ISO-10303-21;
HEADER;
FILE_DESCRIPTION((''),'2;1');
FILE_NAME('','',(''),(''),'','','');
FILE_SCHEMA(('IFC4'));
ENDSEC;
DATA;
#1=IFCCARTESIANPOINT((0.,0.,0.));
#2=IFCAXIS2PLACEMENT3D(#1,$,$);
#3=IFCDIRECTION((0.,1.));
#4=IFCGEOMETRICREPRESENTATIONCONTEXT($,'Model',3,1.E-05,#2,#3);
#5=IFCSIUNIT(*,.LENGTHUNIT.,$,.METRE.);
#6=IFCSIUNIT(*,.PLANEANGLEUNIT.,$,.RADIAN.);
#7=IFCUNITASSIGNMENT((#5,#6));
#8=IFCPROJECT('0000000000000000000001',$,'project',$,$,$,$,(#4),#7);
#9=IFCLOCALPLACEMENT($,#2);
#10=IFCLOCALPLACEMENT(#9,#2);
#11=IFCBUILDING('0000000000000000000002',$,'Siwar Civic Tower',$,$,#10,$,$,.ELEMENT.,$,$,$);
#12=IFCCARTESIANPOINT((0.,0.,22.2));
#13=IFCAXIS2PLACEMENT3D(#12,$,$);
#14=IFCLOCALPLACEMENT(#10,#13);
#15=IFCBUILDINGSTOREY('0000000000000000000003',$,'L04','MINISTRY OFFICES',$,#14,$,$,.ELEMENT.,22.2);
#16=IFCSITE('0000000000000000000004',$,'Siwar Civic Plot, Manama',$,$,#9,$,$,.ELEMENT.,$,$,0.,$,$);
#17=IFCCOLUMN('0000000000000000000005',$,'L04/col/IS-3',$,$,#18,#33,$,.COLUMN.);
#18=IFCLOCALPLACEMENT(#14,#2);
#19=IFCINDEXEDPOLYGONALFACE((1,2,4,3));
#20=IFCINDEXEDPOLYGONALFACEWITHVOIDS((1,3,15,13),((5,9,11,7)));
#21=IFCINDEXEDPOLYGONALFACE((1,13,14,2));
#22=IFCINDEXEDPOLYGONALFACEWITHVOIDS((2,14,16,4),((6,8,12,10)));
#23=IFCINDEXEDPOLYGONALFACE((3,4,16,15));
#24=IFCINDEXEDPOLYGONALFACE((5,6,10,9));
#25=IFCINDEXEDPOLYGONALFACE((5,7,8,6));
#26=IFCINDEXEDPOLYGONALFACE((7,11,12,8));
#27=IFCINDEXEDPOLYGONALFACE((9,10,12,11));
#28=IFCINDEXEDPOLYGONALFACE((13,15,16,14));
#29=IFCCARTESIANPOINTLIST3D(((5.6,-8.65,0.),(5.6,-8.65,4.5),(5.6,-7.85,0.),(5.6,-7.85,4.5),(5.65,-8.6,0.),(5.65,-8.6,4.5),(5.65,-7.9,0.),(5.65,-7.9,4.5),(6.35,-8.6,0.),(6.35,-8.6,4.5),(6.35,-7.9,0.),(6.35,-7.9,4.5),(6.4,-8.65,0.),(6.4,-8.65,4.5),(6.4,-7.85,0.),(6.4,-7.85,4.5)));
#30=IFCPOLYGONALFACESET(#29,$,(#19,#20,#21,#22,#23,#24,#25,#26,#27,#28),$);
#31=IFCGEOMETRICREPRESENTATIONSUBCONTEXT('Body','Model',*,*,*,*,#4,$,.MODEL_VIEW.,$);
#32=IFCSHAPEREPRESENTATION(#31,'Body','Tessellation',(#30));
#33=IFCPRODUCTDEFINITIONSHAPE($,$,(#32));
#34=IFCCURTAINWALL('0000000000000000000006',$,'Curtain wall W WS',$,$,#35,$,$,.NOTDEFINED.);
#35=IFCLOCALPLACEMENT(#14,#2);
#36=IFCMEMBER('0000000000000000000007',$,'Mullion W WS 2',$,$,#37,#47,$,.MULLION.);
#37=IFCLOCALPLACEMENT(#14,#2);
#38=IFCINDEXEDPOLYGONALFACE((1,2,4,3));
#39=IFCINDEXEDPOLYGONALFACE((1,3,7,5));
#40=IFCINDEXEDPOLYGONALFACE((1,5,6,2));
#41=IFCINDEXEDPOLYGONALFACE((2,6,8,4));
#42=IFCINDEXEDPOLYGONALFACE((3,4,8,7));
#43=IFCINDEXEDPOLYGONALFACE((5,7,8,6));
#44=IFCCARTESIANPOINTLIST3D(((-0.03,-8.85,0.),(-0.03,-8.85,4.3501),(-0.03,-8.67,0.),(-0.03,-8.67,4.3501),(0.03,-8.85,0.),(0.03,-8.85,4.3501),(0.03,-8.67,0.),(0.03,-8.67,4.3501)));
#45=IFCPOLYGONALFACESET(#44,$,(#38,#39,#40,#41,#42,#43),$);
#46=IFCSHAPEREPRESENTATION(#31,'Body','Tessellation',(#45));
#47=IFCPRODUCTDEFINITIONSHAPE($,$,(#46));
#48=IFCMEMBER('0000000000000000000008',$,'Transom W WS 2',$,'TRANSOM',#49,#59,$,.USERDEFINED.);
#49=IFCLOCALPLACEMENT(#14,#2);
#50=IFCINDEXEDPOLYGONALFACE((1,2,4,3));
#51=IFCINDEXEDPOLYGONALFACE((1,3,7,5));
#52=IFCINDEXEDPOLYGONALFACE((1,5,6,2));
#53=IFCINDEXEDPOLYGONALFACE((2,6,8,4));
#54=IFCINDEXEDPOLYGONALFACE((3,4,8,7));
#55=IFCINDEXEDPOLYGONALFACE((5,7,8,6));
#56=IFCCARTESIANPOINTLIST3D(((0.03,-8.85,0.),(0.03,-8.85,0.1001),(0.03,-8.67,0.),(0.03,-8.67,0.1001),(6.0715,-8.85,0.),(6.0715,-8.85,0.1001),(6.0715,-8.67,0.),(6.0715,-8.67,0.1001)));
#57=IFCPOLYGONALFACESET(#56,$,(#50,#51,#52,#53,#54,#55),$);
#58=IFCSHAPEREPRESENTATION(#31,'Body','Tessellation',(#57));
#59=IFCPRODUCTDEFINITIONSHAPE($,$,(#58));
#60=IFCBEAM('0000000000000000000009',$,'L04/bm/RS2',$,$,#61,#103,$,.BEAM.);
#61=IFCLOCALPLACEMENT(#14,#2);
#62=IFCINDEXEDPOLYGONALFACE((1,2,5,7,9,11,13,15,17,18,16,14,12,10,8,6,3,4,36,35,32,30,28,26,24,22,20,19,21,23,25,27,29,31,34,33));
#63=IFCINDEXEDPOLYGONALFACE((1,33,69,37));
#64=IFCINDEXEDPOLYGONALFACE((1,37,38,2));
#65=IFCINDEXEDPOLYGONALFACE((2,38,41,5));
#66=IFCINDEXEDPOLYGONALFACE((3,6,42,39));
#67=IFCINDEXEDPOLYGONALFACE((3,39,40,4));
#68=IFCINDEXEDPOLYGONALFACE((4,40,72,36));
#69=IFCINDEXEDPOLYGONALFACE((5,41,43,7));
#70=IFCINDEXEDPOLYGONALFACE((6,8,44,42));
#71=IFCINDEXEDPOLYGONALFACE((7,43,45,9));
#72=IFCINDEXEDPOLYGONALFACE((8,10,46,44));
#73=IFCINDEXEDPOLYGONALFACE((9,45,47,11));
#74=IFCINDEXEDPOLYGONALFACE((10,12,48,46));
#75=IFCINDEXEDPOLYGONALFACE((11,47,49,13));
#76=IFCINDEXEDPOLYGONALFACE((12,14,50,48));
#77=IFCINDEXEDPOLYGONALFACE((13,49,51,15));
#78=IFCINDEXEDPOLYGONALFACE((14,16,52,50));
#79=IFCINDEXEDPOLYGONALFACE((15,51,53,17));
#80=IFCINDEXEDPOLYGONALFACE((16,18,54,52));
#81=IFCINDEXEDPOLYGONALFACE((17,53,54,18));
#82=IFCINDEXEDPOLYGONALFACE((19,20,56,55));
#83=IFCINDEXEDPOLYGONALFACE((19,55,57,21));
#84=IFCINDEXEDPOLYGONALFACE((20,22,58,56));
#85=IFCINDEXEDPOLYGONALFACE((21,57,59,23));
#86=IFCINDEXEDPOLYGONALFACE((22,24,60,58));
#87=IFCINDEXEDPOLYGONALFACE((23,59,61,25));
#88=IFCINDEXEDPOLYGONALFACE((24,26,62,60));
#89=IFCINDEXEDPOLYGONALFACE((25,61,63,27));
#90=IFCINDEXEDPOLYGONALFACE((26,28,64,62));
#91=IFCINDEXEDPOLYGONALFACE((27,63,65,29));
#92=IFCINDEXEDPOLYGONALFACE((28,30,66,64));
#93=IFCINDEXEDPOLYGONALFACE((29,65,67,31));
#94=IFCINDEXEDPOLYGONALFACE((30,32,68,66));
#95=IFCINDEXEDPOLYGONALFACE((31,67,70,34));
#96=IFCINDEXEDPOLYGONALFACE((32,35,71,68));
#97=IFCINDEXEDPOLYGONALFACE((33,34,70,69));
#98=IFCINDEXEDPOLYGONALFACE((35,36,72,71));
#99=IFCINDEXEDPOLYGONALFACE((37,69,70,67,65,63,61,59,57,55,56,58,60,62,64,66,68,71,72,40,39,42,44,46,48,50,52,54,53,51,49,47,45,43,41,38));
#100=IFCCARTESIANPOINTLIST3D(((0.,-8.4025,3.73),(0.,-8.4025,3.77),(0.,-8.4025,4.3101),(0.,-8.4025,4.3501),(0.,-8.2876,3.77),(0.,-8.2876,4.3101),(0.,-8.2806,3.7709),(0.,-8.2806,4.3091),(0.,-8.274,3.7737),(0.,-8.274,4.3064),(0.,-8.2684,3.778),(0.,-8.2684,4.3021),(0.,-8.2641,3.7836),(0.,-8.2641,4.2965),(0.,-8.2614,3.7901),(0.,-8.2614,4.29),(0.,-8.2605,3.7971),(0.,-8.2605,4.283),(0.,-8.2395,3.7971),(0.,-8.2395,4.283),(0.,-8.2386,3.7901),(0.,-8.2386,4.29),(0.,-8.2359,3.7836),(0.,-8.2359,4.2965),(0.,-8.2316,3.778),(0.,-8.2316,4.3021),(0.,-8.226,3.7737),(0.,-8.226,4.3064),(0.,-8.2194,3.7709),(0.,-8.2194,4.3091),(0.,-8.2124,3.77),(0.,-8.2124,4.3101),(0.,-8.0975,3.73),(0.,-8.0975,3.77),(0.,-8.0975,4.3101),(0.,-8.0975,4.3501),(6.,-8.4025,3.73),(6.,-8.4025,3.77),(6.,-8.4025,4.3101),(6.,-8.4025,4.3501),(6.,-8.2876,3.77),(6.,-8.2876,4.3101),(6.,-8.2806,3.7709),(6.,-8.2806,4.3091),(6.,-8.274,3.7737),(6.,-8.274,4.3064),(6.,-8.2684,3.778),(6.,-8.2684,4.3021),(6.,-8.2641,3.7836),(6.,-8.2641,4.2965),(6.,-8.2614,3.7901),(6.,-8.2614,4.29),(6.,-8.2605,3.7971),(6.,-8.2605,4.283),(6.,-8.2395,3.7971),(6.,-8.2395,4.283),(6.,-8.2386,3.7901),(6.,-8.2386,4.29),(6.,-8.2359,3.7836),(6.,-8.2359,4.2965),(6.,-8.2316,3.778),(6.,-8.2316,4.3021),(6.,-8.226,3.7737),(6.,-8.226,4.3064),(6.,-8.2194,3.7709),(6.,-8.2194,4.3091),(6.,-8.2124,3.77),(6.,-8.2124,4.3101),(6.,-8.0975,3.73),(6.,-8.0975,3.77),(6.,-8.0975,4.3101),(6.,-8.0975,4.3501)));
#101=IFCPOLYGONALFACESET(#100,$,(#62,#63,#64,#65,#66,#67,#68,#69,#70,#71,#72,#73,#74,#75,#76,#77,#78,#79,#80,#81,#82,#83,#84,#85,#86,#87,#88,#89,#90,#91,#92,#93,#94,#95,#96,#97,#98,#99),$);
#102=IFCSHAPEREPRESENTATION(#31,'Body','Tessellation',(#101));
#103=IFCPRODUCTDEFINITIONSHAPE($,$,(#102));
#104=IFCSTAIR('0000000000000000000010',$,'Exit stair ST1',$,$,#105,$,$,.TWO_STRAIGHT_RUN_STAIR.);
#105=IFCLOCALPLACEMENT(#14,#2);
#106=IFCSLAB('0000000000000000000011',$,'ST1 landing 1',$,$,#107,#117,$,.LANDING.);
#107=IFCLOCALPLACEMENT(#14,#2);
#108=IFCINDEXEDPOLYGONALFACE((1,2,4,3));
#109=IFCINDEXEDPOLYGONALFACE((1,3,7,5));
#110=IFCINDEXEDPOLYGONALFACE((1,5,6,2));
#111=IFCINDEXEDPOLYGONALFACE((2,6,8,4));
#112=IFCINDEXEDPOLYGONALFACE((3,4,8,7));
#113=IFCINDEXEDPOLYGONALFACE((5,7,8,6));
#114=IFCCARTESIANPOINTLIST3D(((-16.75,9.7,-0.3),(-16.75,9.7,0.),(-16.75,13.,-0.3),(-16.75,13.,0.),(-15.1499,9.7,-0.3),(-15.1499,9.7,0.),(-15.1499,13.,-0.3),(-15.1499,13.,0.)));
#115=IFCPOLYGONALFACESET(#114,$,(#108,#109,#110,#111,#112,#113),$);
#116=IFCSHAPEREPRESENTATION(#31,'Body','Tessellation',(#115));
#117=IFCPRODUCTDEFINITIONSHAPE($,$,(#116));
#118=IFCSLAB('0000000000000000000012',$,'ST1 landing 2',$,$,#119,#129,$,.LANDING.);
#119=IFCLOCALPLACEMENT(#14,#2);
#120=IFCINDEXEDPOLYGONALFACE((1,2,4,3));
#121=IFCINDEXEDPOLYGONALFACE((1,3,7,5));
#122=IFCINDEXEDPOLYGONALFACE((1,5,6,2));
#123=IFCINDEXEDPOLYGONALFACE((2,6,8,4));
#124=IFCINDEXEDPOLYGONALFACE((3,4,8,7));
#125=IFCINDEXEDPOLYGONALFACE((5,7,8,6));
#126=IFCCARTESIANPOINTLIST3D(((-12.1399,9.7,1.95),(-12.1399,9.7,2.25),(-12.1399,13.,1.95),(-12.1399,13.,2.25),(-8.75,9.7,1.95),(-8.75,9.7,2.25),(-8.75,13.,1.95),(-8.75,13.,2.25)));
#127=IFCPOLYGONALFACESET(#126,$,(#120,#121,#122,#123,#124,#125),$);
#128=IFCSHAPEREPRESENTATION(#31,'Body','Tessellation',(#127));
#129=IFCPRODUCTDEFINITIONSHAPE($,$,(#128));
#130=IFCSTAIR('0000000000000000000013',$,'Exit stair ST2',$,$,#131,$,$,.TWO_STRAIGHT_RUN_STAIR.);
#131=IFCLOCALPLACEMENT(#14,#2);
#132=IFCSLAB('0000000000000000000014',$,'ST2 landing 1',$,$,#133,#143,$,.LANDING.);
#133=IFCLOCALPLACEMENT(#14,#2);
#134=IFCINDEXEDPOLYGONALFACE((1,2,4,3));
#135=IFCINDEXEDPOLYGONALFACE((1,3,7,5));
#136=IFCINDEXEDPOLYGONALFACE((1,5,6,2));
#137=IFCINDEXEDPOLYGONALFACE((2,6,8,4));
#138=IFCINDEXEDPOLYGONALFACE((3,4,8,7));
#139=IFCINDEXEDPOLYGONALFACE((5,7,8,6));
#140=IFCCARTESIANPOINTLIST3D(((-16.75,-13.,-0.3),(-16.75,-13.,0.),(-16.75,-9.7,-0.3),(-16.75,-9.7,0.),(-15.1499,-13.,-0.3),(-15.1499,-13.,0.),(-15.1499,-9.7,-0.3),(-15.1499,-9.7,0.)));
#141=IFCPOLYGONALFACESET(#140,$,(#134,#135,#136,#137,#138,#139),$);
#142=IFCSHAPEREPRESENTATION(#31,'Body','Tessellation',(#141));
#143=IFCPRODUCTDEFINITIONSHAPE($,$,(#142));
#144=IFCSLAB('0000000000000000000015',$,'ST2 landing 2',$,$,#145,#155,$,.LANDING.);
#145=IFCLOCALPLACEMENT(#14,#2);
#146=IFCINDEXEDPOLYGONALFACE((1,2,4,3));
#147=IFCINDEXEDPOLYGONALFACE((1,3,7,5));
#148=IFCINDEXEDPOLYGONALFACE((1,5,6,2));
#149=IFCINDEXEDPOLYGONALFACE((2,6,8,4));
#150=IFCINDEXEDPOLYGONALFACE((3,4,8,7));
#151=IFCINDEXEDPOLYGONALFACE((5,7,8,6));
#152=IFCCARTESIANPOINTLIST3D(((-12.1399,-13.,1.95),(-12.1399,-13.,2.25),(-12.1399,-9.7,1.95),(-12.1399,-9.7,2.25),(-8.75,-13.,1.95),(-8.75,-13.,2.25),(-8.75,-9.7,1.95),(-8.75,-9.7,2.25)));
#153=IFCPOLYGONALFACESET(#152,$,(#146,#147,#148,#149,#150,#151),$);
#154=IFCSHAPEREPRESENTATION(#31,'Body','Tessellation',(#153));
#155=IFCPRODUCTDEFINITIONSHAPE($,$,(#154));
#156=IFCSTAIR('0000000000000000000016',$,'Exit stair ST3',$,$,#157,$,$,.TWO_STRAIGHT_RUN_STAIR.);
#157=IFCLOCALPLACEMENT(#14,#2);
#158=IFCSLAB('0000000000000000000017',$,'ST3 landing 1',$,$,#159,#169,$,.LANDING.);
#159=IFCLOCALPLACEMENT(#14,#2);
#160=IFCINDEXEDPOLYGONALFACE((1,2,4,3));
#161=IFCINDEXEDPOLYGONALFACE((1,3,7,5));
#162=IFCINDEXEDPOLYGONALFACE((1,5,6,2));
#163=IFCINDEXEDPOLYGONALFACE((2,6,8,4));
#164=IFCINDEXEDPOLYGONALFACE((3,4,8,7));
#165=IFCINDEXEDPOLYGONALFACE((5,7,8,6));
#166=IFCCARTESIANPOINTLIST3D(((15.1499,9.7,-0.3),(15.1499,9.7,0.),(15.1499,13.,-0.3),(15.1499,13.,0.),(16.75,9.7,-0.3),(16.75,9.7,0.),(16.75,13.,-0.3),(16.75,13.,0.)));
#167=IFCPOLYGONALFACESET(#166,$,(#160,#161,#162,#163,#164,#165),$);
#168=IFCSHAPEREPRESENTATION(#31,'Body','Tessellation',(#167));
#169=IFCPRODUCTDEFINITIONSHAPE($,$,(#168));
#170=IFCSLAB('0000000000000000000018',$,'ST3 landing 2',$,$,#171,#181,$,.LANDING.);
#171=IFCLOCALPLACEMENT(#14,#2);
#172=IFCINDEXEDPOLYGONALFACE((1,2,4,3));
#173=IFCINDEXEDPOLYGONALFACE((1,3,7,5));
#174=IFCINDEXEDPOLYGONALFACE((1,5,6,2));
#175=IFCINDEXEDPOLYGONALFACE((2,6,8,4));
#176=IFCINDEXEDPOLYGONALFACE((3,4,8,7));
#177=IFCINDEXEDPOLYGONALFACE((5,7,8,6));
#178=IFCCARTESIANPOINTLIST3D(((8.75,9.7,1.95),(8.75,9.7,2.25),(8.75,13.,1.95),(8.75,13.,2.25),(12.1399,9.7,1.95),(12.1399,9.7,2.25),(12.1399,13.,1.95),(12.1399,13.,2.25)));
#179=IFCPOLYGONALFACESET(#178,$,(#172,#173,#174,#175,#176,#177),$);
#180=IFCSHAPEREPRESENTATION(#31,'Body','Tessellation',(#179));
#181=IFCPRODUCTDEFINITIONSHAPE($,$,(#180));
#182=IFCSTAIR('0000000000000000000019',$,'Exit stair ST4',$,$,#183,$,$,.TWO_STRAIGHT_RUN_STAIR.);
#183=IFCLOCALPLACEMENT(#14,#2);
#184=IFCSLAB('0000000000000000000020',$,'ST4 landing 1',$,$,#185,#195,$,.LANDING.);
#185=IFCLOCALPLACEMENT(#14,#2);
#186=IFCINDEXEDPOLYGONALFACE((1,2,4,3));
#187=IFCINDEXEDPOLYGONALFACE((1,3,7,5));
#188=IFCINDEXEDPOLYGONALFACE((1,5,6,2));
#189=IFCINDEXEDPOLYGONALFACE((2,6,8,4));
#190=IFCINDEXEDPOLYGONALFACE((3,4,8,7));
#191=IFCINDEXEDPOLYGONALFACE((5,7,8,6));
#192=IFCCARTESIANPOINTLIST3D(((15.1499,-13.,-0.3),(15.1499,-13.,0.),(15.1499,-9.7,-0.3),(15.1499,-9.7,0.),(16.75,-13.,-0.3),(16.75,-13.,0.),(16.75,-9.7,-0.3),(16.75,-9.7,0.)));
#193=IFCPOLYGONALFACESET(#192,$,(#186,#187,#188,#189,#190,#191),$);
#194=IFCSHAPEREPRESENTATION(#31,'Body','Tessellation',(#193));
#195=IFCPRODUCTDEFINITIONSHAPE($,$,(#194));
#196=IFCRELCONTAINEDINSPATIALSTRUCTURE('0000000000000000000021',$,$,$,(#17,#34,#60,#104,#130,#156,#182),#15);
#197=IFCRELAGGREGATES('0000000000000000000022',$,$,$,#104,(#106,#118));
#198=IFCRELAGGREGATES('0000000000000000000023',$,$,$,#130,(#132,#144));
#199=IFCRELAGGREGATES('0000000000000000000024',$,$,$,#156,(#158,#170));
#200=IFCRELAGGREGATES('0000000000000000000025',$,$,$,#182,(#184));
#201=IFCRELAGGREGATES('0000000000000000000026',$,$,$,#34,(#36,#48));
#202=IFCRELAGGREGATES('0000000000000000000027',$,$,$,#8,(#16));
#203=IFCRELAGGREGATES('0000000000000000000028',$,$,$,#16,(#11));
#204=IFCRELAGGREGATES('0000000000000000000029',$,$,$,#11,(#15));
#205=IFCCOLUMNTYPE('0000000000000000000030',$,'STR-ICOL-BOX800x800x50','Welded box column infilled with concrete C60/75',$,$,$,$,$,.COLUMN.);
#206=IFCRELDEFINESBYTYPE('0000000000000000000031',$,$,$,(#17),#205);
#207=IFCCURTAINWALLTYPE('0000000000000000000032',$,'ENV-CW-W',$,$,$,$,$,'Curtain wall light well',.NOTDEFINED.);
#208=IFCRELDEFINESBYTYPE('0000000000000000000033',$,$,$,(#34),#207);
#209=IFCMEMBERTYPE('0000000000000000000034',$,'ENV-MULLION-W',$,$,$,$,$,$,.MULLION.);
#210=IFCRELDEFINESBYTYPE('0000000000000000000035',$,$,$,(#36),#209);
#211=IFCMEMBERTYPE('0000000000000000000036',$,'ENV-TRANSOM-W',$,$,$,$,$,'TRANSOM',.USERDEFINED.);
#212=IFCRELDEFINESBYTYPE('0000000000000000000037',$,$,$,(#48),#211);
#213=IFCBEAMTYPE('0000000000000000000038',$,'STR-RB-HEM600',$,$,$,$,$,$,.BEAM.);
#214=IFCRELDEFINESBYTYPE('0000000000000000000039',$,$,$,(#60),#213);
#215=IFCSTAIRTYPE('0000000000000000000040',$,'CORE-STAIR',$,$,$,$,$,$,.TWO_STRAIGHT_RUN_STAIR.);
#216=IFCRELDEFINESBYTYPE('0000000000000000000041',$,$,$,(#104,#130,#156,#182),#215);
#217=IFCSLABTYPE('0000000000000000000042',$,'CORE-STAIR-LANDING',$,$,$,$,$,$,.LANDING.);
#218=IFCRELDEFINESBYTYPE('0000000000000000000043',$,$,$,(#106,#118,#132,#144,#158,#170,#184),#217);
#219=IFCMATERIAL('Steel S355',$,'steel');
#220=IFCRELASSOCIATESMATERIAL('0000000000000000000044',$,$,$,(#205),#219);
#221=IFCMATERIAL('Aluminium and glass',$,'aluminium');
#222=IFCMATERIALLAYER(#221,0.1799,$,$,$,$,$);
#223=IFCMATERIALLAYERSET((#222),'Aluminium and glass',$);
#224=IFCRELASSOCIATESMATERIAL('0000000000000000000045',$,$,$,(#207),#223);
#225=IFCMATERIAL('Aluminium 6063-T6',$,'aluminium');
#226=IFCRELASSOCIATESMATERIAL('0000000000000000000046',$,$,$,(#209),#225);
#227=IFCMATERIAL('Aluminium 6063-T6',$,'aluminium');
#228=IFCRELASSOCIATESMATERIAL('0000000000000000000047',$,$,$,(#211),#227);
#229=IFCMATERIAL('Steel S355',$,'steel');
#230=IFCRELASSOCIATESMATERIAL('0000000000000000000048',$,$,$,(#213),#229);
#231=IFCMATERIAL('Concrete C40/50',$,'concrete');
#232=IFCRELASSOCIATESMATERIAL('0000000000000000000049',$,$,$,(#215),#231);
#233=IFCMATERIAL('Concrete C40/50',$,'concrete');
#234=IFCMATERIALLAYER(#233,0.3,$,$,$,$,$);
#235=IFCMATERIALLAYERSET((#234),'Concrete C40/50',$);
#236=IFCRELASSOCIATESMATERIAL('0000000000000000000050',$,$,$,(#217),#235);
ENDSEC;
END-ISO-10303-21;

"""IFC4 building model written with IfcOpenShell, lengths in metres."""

from ifc_helpers import new_model, si_unit, direction, frame, origin, origin_2d, place, context, subcontext, project, spatial, polyline, rectangle, hollow_rectangle, i_section, outline, extrude, material, layer, layer_set, material_profile, profile_set, type_object, element, aggregate, save


model = new_model("IFC4")

# Units and contexts
model_context = context("Model", 3, precision=1e-05, world=origin(), true_north=direction((0.0, 1.0)))
body_context = subcontext(model_context, "Body", "Model", "MODEL_VIEW")
ifc_project = project(units=[si_unit("LENGTHUNIT", "METRE"), si_unit("PLANEANGLEUNIT", "RADIAN")], contexts=[model_context])

# Site, building, storey
site_placement = place(None, origin())
site = spatial("IfcSite", under=ifc_project, at=site_placement, Name="Siwar Civic Plot, Manama", CompositionType="ELEMENT", RefElevation=0.0)
building_placement = place(site_placement, origin())
building = spatial("IfcBuilding", under=site, at=building_placement, Name="Siwar Civic Tower", CompositionType="ELEMENT")
storey_placement = place(building_placement, frame((0.0, 0.0, 22.2)))
storey = spatial("IfcBuildingStorey", under=building, at=storey_placement, Name="L04", Description="MINISTRY OFFICES", CompositionType="ELEMENT", Elevation=22.2)

# Column
ifc_material_1 = material(Name="Steel S355", Category="steel")
ifc_material_profile_1 = material_profile(ifc_material_1, hollow_rectangle(XDim=0.8, YDim=0.8, WallThickness=0.05, at=origin_2d()), Name="BOX800x800x50")
ifc_profile_set_1 = profile_set([ifc_material_profile_1], Name="Steel S355")
column_type = type_object("IfcColumnType", Name="STR-ICOL-BOX800x800x50", Description="Welded box column infilled with concrete C60/75", PredefinedType="COLUMN", material=ifc_profile_set_1)
column_placement = place(storey_placement, frame((6.0, -8.25, 0.0), z_axis=(0.0, 0.0, 1.0), x_axis=(1.0, 0.0, 0.0)))
element("IfcColumn", 1, at=column_placement, inside=storey, type_object=column_type, Name="L04/col/IS-3", PredefinedType="COLUMN", context=body_context, shape_type="SweptSolid", body=[
    extrude(hollow_rectangle(XDim=0.8, YDim=0.8, WallThickness=0.05, at=origin_2d()), origin(), (0.0, 0.0, 1.0), 4.5),
])

# Curtain wall, members
ifc_material_2 = material(Name="Aluminium and glass", Category="aluminium")
ifc_layer_1 = layer(ifc_material_2, 0.1799)
ifc_layer_set_1 = layer_set([ifc_layer_1], Name="Aluminium and glass")
curtain_wall_type = type_object("IfcCurtainWallType", Name="ENV-CW-W", ElementType="Curtain wall light well", PredefinedType="NOTDEFINED", material=ifc_layer_set_1)
curtain_wall_placement = place(storey_placement, origin())
curtain_wall = element("IfcCurtainWall", 2, at=curtain_wall_placement, inside=storey, type_object=curtain_wall_type, Name="Curtain wall W WS", PredefinedType="NOTDEFINED")
ifc_material_3 = material(Name="Aluminium 6063-T6", Category="aluminium")
ifc_material_profile_2 = material_profile(ifc_material_3, rectangle(XDim=0.1799, YDim=0.0601, at=origin_2d()), Name="AL 180x60")
ifc_profile_set_2 = profile_set([ifc_material_profile_2], Name="Aluminium 6063-T6")
member_type_1 = type_object("IfcMemberType", Name="ENV-MULLION-W", PredefinedType="MULLION", material=ifc_profile_set_2)
member_1_placement = place(storey_placement, frame((0.0, -8.76, 0.0), z_axis=(0.0, 0.0, 1.0), x_axis=(0.0, 1.0, 0.0)))
member_1 = element("IfcMember", 3, at=member_1_placement, type_object=member_type_1, Name="Mullion W WS 2", PredefinedType="MULLION", context=body_context, shape_type="SweptSolid", body=[
    extrude(rectangle(XDim=0.1799, YDim=0.0601, at=origin_2d()), origin(), (0.0, 0.0, 1.0), 4.3501),
])
ifc_material_4 = material(Name="Aluminium 6063-T6", Category="aluminium")
ifc_material_profile_3 = material_profile(ifc_material_4, rectangle(XDim=0.1799, YDim=0.1001, at=origin_2d()), Name="AL 180x100")
ifc_profile_set_3 = profile_set([ifc_material_profile_3], Name="Aluminium 6063-T6")
member_type_2 = type_object("IfcMemberType", Name="ENV-TRANSOM-W", ElementType="TRANSOM", PredefinedType="USERDEFINED", material=ifc_profile_set_3)
member_2_placement = place(storey_placement, frame((0.03, -8.76, 0.05), z_axis=(1.0, 0.0, 0.0), x_axis=(0.0, 1.0, 0.0)))
member_2 = element("IfcMember", 4, at=member_2_placement, type_object=member_type_2, Name="Transom W WS 2", ObjectType="TRANSOM", PredefinedType="USERDEFINED", context=body_context, shape_type="SweptSolid", body=[
    extrude(rectangle(XDim=0.1799, YDim=0.1001, at=origin_2d()), origin(), (0.0, 0.0, 1.0), 6.0415),
])

# Beam
ifc_material_5 = material(Name="Steel S355", Category="steel")
ifc_material_profile_4 = material_profile(ifc_material_5, i_section(OverallWidth=0.3049, OverallDepth=0.6201, WebThickness=0.021, FlangeThickness=0.04, FilletRadius=0.0271, at=origin_2d()), Name="HEM600")
ifc_profile_set_4 = profile_set([ifc_material_profile_4], Name="Steel S355")
beam_type = type_object("IfcBeamType", Name="STR-RB-HEM600", PredefinedType="BEAM", material=ifc_profile_set_4)
beam_placement = place(storey_placement, frame((0.0, -8.25, 4.04), z_axis=(1.0, 0.0, 0.0), x_axis=(0.0, 1.0, 0.0)))
element("IfcBeam", 5, at=beam_placement, inside=storey, type_object=beam_type, Name="L04/bm/RS2", PredefinedType="BEAM", context=body_context, shape_type="SweptSolid", body=[
    extrude(i_section(OverallWidth=0.3049, OverallDepth=0.6201, WebThickness=0.021, FlangeThickness=0.04, FilletRadius=0.0271, at=origin_2d()), origin(), (0.0, 0.0, 1.0), 6.0),
])

# Stairs, slabs
ifc_material_6 = material(Name="Concrete C40/50", Category="concrete")
stair_type = type_object("IfcStairType", Name="CORE-STAIR", PredefinedType="TWO_STRAIGHT_RUN_STAIR", material=ifc_material_6)
stair_1_placement = place(storey_placement, origin())
stair_1 = element("IfcStair", 6, at=stair_1_placement, inside=storey, type_object=stair_type, Name="Exit stair ST1", PredefinedType="TWO_STRAIGHT_RUN_STAIR")
ifc_material_7 = material(Name="Concrete C40/50", Category="concrete")
ifc_layer_2 = layer(ifc_material_7, 0.3)
ifc_layer_set_2 = layer_set([ifc_layer_2], Name="Concrete C40/50")
slab_type_1 = type_object("IfcSlabType", Name="CORE-STAIR-LANDING", PredefinedType="LANDING", material=ifc_layer_set_2)
slab_1_placement = place(storey_placement, frame((0.0, 0.0, -0.3)))
slab_1 = element("IfcSlab", 7, at=slab_1_placement, type_object=slab_type_1, Name="ST1 landing 1", PredefinedType="LANDING", context=body_context, shape_type="SweptSolid", body=[
    extrude(outline(polyline([(-15.1499, 13.0), (-16.75, 13.0), (-16.75, 9.7), (-15.1499, 9.7), (-15.1499, 13.0)])), origin(), (0.0, 0.0, 1.0), 0.3),
])
slab_2_placement = place(storey_placement, frame((0.0, 0.0, 1.95)))
slab_2 = element("IfcSlab", 8, at=slab_2_placement, type_object=slab_type_1, Name="ST1 landing 2", PredefinedType="LANDING", context=body_context, shape_type="SweptSolid", body=[
    extrude(outline(polyline([(-8.75, 13.0), (-12.1399, 13.0), (-12.1399, 9.7), (-8.75, 9.7), (-8.75, 13.0)])), origin(), (0.0, 0.0, 1.0), 0.3),
])
aggregate(stair_1, [slab_1, slab_2])
stair_2_placement = place(storey_placement, origin())
stair_2 = element("IfcStair", 9, at=stair_2_placement, inside=storey, type_object=stair_type, Name="Exit stair ST2", PredefinedType="TWO_STRAIGHT_RUN_STAIR")
slab_3_placement = place(storey_placement, frame((0.0, 0.0, -0.3)))
slab_3 = element("IfcSlab", 10, at=slab_3_placement, type_object=slab_type_1, Name="ST2 landing 1", PredefinedType="LANDING", context=body_context, shape_type="SweptSolid", body=[
    extrude(outline(polyline([(-15.1499, -9.7), (-16.75, -9.7), (-16.75, -13.0), (-15.1499, -13.0), (-15.1499, -9.7)])), origin(), (0.0, 0.0, 1.0), 0.3),
])
slab_4_placement = place(storey_placement, frame((0.0, 0.0, 1.95)))
slab_4 = element("IfcSlab", 11, at=slab_4_placement, type_object=slab_type_1, Name="ST2 landing 2", PredefinedType="LANDING", context=body_context, shape_type="SweptSolid", body=[
    extrude(outline(polyline([(-8.75, -9.7), (-12.1399, -9.7), (-12.1399, -13.0), (-8.75, -13.0), (-8.75, -9.7)])), origin(), (0.0, 0.0, 1.0), 0.3),
])
aggregate(stair_2, [slab_3, slab_4])
stair_3_placement = place(storey_placement, origin())
stair_3 = element("IfcStair", 12, at=stair_3_placement, inside=storey, type_object=stair_type, Name="Exit stair ST3", PredefinedType="TWO_STRAIGHT_RUN_STAIR")
slab_5_placement = place(storey_placement, frame((0.0, 0.0, -0.3)))
slab_5 = element("IfcSlab", 13, at=slab_5_placement, type_object=slab_type_1, Name="ST3 landing 1", PredefinedType="LANDING", context=body_context, shape_type="SweptSolid", body=[
    extrude(outline(polyline([(15.1499, 9.7), (16.75, 9.7), (16.75, 13.0), (15.1499, 13.0), (15.1499, 9.7)])), origin(), (0.0, 0.0, 1.0), 0.3),
])
slab_6_placement = place(storey_placement, frame((0.0, 0.0, 1.95)))
slab_6 = element("IfcSlab", 14, at=slab_6_placement, type_object=slab_type_1, Name="ST3 landing 2", PredefinedType="LANDING", context=body_context, shape_type="SweptSolid", body=[
    extrude(outline(polyline([(8.75, 9.7), (12.1399, 9.7), (12.1399, 13.0), (8.75, 13.0), (8.75, 9.7)])), origin(), (0.0, 0.0, 1.0), 0.3),
])
aggregate(stair_3, [slab_5, slab_6])

# Stair, slab
stair_4_placement = place(storey_placement, origin())
stair_4 = element("IfcStair", 15, at=stair_4_placement, inside=storey, type_object=stair_type, Name="Exit stair ST4", PredefinedType="TWO_STRAIGHT_RUN_STAIR")
slab_7_placement = place(storey_placement, frame((0.0, 0.0, -0.3)))
slab_7 = element("IfcSlab", 16, at=slab_7_placement, type_object=slab_type_1, Name="ST4 landing 1", PredefinedType="LANDING", context=body_context, shape_type="SweptSolid", body=[
    extrude(outline(polyline([(15.1499, -13.0), (16.75, -13.0), (16.75, -9.7), (15.1499, -9.7), (15.1499, -13.0)])), origin(), (0.0, 0.0, 1.0), 0.3),
])
aggregate(stair_4, [slab_7])

aggregate(curtain_wall, [member_1, member_2])

save(model, "model.ifc")
